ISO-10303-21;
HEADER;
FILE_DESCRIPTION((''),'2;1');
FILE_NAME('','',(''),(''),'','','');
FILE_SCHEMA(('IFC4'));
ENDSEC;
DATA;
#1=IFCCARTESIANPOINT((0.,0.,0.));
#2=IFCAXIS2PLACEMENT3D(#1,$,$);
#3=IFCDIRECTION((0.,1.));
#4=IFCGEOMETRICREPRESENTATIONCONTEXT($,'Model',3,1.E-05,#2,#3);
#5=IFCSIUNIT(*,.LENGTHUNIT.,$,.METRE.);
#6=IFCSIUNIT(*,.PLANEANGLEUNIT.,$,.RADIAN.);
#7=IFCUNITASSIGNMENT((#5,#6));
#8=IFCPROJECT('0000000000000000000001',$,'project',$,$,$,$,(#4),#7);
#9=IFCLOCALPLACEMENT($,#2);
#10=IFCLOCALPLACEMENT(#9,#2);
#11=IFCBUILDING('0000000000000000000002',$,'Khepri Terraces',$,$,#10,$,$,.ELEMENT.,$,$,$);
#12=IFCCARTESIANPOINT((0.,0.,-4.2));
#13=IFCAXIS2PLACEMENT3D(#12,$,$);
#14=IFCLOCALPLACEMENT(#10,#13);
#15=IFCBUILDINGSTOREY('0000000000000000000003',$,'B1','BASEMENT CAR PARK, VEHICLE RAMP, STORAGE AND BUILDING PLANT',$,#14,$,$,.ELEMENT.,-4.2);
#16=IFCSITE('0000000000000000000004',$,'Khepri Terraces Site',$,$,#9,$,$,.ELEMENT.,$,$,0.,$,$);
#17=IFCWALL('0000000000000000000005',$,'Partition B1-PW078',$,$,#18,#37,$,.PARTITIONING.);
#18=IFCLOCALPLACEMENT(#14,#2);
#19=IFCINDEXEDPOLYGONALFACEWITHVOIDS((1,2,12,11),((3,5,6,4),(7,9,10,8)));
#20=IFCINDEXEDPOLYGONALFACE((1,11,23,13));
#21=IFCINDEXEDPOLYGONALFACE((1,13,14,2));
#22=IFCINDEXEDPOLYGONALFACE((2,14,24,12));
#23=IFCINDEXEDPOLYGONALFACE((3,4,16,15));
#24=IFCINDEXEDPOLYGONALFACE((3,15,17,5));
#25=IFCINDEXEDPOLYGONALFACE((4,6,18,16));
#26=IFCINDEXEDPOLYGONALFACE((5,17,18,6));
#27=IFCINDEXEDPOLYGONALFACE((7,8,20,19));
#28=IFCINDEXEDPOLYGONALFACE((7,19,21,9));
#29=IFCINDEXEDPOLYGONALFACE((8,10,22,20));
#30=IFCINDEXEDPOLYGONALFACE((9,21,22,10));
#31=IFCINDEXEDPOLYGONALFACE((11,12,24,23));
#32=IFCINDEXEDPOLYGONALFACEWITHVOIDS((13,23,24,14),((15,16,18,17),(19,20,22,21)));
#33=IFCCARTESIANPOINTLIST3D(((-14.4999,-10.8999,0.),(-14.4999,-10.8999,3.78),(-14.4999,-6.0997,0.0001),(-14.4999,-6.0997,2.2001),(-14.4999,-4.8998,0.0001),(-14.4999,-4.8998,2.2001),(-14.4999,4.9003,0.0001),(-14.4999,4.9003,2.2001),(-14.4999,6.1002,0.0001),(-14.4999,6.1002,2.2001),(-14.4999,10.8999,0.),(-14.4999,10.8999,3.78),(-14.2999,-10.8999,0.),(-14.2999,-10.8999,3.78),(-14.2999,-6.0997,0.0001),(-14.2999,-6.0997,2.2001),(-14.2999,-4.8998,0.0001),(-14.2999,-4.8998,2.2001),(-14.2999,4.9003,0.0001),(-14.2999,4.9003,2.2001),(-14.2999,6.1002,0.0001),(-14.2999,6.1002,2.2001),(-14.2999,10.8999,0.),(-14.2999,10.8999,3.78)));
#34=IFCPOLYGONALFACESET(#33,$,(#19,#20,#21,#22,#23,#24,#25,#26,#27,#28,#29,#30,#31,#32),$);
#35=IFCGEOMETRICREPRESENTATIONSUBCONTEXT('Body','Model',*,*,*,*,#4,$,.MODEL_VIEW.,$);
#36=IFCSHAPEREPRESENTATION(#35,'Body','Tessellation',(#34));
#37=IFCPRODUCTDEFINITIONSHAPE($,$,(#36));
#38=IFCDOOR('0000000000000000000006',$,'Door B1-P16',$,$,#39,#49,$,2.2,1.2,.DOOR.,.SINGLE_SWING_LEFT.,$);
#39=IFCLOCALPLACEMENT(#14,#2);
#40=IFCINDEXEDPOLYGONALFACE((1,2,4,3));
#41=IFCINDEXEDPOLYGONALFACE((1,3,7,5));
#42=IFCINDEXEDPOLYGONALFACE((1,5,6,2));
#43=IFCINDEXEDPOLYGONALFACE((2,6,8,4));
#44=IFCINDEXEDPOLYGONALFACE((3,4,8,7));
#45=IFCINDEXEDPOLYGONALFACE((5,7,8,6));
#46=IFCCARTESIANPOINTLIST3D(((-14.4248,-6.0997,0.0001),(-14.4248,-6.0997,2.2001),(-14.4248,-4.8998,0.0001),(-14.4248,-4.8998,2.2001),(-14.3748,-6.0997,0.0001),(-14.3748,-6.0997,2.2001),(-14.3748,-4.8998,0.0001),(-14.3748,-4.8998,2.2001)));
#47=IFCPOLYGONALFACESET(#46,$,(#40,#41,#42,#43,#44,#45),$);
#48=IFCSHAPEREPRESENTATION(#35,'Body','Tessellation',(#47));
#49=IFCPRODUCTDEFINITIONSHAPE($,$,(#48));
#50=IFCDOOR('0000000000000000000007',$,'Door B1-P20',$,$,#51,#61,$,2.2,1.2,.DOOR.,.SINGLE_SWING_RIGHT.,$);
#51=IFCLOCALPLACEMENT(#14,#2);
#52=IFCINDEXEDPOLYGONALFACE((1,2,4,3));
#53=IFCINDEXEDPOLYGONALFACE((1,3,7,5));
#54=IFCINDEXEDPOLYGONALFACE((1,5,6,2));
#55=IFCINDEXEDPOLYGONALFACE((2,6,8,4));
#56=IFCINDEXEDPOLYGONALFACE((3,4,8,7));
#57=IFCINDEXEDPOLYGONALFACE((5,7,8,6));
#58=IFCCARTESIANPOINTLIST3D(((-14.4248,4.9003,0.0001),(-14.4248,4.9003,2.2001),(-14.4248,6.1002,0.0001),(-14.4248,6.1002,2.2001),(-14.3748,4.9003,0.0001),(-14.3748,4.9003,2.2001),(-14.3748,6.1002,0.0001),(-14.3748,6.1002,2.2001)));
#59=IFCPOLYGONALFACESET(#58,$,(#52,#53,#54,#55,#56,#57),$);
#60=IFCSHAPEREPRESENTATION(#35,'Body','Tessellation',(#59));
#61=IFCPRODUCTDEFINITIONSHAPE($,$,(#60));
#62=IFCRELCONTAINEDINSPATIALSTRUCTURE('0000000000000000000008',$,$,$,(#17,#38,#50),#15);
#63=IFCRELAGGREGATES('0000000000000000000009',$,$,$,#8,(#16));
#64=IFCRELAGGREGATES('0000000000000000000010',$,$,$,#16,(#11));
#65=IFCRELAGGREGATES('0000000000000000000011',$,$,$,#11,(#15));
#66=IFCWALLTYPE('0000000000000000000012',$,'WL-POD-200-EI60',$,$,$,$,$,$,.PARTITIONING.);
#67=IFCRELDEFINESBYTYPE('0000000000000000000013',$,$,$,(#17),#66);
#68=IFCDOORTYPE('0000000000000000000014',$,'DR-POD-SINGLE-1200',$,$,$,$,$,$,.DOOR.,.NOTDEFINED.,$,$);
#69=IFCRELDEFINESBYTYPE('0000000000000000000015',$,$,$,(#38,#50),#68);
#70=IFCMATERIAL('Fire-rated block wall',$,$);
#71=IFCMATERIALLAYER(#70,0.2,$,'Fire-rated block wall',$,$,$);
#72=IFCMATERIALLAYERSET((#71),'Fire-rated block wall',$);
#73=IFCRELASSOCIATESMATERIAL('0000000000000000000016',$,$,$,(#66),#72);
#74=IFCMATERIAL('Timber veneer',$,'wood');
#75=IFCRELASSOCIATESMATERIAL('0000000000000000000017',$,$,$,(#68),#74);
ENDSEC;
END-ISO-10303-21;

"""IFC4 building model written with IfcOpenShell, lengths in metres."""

from ifc_helpers import new_model, si_unit, direction, frame, frame_2d, origin, place, context, subcontext, project, spatial, rectangle, extrude, material, layer, layer_set, type_object, element, fill, save


model = new_model("IFC4")

# Units and contexts
model_context = context("Model", 3, precision=1e-05, world=origin(), true_north=direction((0.0, 1.0)))
body_context = subcontext(model_context, "Body", "Model", "MODEL_VIEW")
ifc_project = project(units=[si_unit("LENGTHUNIT", "METRE"), si_unit("PLANEANGLEUNIT", "RADIAN")], contexts=[model_context])

# Site, building, storey
site_placement = place(None, origin())
site = spatial("IfcSite", under=ifc_project, at=site_placement, Name="Khepri Terraces Site", CompositionType="ELEMENT", RefElevation=0.0)
building_placement = place(site_placement, origin())
building = spatial("IfcBuilding", under=site, at=building_placement, Name="Khepri Terraces", CompositionType="ELEMENT")
storey_placement = place(building_placement, frame((0.0, 0.0, -4.2)))
storey = spatial("IfcBuildingStorey", under=building, at=storey_placement, Name="B1", Description="BASEMENT CAR PARK, VEHICLE RAMP, STORAGE AND BUILDING PLANT", CompositionType="ELEMENT", Elevation=-4.2)

# Wall, openings, doors
ifc_material_1 = material(Name="Fire-rated block wall")
ifc_layer_1 = layer(ifc_material_1, 0.2, Name="Fire-rated block wall")
ifc_layer_set_1 = layer_set([ifc_layer_1], Name="Fire-rated block wall")
wall_type_1 = type_object("IfcWallType", Name="WL-POD-200-EI60", PredefinedType="PARTITIONING", material=ifc_layer_set_1)
wall_1_placement = place(storey_placement, frame((-14.3999, -10.8999, 0.0), z_axis=(0.0, 0.0, 1.0), x_axis=(0.0, 1.0, 0.0)))
wall_1 = element("IfcWall", 1, at=wall_1_placement, inside=storey, type_object=wall_type_1, Name="Partition B1-PW078", PredefinedType="PARTITIONING", context=body_context, shape_type="SweptSolid", body=[
    extrude(rectangle(XDim=21.7998, YDim=0.2, at=frame_2d((10.8999, 0.0))), origin(), (0.0, 0.0, 1.0), 3.78),
])
opening_1_placement = place(wall_1_placement, frame((4.8, 0.0, 0.0)))
opening_1 = element("IfcOpeningElement", 2, at=opening_1_placement, cuts=wall_1, PredefinedType="OPENING", context=body_context, shape_type="SweptSolid", body=[
    extrude(rectangle(XDim=1.2, YDim=2.2, at=frame_2d((0.6001, 1.1001))), frame((0.0, 0.1099, 0.0), z_axis=(0.0, -1.0, 0.0), x_axis=(1.0, 0.0, 0.0)), (0.0, 0.0, 1.0), 0.22),
])
opening_2_placement = place(wall_1_placement, frame((15.8, 0.0, 0.0)))
opening_2 = element("IfcOpeningElement", 3, at=opening_2_placement, cuts=wall_1, PredefinedType="OPENING", context=body_context, shape_type="SweptSolid", body=[
    extrude(rectangle(XDim=1.2, YDim=2.2, at=frame_2d((0.6001, 1.1001))), frame((0.0, 0.1099, 0.0), z_axis=(0.0, -1.0, 0.0), x_axis=(1.0, 0.0, 0.0)), (0.0, 0.0, 1.0), 0.22),
])
ifc_material_2 = material(Name="Timber veneer", Category="wood")
door_type_1 = type_object("IfcDoorType", Name="DR-POD-SINGLE-1200", OperationType="NOTDEFINED", PredefinedType="DOOR", material=ifc_material_2)
door_1_placement = place(opening_1_placement, origin())
door_1 = element("IfcDoor", 4, at=door_1_placement, inside=storey, type_object=door_type_1, Name="Door B1-P16", OperationType="SINGLE_SWING_LEFT", OverallHeight=2.2, OverallWidth=1.2, PredefinedType="DOOR", context=body_context, shape_type="SweptSolid", body=[
    extrude(rectangle(XDim=1.2, YDim=2.2, at=frame_2d((0.6001, 1.1001))), frame((0.0, 0.0249, 0.0), z_axis=(0.0, -1.0, 0.0), x_axis=(1.0, 0.0, 0.0)), (0.0, 0.0, 1.0), 0.05),
])
fill(opening_1, door_1)
door_2_placement = place(opening_2_placement, origin())
door_2 = element("IfcDoor", 5, at=door_2_placement, inside=storey, type_object=door_type_1, Name="Door B1-P20", OperationType="SINGLE_SWING_RIGHT", OverallHeight=2.2, OverallWidth=1.2, PredefinedType="DOOR", context=body_context, shape_type="SweptSolid", body=[
    extrude(rectangle(XDim=1.2, YDim=2.2, at=frame_2d((0.6001, 1.1001))), frame((0.0, 0.0249, 0.0), z_axis=(0.0, -1.0, 0.0), x_axis=(1.0, 0.0, 0.0)), (0.0, 0.0, 1.0), 0.05),
])
fill(opening_2, door_2)

save(model, "model.ifc")
